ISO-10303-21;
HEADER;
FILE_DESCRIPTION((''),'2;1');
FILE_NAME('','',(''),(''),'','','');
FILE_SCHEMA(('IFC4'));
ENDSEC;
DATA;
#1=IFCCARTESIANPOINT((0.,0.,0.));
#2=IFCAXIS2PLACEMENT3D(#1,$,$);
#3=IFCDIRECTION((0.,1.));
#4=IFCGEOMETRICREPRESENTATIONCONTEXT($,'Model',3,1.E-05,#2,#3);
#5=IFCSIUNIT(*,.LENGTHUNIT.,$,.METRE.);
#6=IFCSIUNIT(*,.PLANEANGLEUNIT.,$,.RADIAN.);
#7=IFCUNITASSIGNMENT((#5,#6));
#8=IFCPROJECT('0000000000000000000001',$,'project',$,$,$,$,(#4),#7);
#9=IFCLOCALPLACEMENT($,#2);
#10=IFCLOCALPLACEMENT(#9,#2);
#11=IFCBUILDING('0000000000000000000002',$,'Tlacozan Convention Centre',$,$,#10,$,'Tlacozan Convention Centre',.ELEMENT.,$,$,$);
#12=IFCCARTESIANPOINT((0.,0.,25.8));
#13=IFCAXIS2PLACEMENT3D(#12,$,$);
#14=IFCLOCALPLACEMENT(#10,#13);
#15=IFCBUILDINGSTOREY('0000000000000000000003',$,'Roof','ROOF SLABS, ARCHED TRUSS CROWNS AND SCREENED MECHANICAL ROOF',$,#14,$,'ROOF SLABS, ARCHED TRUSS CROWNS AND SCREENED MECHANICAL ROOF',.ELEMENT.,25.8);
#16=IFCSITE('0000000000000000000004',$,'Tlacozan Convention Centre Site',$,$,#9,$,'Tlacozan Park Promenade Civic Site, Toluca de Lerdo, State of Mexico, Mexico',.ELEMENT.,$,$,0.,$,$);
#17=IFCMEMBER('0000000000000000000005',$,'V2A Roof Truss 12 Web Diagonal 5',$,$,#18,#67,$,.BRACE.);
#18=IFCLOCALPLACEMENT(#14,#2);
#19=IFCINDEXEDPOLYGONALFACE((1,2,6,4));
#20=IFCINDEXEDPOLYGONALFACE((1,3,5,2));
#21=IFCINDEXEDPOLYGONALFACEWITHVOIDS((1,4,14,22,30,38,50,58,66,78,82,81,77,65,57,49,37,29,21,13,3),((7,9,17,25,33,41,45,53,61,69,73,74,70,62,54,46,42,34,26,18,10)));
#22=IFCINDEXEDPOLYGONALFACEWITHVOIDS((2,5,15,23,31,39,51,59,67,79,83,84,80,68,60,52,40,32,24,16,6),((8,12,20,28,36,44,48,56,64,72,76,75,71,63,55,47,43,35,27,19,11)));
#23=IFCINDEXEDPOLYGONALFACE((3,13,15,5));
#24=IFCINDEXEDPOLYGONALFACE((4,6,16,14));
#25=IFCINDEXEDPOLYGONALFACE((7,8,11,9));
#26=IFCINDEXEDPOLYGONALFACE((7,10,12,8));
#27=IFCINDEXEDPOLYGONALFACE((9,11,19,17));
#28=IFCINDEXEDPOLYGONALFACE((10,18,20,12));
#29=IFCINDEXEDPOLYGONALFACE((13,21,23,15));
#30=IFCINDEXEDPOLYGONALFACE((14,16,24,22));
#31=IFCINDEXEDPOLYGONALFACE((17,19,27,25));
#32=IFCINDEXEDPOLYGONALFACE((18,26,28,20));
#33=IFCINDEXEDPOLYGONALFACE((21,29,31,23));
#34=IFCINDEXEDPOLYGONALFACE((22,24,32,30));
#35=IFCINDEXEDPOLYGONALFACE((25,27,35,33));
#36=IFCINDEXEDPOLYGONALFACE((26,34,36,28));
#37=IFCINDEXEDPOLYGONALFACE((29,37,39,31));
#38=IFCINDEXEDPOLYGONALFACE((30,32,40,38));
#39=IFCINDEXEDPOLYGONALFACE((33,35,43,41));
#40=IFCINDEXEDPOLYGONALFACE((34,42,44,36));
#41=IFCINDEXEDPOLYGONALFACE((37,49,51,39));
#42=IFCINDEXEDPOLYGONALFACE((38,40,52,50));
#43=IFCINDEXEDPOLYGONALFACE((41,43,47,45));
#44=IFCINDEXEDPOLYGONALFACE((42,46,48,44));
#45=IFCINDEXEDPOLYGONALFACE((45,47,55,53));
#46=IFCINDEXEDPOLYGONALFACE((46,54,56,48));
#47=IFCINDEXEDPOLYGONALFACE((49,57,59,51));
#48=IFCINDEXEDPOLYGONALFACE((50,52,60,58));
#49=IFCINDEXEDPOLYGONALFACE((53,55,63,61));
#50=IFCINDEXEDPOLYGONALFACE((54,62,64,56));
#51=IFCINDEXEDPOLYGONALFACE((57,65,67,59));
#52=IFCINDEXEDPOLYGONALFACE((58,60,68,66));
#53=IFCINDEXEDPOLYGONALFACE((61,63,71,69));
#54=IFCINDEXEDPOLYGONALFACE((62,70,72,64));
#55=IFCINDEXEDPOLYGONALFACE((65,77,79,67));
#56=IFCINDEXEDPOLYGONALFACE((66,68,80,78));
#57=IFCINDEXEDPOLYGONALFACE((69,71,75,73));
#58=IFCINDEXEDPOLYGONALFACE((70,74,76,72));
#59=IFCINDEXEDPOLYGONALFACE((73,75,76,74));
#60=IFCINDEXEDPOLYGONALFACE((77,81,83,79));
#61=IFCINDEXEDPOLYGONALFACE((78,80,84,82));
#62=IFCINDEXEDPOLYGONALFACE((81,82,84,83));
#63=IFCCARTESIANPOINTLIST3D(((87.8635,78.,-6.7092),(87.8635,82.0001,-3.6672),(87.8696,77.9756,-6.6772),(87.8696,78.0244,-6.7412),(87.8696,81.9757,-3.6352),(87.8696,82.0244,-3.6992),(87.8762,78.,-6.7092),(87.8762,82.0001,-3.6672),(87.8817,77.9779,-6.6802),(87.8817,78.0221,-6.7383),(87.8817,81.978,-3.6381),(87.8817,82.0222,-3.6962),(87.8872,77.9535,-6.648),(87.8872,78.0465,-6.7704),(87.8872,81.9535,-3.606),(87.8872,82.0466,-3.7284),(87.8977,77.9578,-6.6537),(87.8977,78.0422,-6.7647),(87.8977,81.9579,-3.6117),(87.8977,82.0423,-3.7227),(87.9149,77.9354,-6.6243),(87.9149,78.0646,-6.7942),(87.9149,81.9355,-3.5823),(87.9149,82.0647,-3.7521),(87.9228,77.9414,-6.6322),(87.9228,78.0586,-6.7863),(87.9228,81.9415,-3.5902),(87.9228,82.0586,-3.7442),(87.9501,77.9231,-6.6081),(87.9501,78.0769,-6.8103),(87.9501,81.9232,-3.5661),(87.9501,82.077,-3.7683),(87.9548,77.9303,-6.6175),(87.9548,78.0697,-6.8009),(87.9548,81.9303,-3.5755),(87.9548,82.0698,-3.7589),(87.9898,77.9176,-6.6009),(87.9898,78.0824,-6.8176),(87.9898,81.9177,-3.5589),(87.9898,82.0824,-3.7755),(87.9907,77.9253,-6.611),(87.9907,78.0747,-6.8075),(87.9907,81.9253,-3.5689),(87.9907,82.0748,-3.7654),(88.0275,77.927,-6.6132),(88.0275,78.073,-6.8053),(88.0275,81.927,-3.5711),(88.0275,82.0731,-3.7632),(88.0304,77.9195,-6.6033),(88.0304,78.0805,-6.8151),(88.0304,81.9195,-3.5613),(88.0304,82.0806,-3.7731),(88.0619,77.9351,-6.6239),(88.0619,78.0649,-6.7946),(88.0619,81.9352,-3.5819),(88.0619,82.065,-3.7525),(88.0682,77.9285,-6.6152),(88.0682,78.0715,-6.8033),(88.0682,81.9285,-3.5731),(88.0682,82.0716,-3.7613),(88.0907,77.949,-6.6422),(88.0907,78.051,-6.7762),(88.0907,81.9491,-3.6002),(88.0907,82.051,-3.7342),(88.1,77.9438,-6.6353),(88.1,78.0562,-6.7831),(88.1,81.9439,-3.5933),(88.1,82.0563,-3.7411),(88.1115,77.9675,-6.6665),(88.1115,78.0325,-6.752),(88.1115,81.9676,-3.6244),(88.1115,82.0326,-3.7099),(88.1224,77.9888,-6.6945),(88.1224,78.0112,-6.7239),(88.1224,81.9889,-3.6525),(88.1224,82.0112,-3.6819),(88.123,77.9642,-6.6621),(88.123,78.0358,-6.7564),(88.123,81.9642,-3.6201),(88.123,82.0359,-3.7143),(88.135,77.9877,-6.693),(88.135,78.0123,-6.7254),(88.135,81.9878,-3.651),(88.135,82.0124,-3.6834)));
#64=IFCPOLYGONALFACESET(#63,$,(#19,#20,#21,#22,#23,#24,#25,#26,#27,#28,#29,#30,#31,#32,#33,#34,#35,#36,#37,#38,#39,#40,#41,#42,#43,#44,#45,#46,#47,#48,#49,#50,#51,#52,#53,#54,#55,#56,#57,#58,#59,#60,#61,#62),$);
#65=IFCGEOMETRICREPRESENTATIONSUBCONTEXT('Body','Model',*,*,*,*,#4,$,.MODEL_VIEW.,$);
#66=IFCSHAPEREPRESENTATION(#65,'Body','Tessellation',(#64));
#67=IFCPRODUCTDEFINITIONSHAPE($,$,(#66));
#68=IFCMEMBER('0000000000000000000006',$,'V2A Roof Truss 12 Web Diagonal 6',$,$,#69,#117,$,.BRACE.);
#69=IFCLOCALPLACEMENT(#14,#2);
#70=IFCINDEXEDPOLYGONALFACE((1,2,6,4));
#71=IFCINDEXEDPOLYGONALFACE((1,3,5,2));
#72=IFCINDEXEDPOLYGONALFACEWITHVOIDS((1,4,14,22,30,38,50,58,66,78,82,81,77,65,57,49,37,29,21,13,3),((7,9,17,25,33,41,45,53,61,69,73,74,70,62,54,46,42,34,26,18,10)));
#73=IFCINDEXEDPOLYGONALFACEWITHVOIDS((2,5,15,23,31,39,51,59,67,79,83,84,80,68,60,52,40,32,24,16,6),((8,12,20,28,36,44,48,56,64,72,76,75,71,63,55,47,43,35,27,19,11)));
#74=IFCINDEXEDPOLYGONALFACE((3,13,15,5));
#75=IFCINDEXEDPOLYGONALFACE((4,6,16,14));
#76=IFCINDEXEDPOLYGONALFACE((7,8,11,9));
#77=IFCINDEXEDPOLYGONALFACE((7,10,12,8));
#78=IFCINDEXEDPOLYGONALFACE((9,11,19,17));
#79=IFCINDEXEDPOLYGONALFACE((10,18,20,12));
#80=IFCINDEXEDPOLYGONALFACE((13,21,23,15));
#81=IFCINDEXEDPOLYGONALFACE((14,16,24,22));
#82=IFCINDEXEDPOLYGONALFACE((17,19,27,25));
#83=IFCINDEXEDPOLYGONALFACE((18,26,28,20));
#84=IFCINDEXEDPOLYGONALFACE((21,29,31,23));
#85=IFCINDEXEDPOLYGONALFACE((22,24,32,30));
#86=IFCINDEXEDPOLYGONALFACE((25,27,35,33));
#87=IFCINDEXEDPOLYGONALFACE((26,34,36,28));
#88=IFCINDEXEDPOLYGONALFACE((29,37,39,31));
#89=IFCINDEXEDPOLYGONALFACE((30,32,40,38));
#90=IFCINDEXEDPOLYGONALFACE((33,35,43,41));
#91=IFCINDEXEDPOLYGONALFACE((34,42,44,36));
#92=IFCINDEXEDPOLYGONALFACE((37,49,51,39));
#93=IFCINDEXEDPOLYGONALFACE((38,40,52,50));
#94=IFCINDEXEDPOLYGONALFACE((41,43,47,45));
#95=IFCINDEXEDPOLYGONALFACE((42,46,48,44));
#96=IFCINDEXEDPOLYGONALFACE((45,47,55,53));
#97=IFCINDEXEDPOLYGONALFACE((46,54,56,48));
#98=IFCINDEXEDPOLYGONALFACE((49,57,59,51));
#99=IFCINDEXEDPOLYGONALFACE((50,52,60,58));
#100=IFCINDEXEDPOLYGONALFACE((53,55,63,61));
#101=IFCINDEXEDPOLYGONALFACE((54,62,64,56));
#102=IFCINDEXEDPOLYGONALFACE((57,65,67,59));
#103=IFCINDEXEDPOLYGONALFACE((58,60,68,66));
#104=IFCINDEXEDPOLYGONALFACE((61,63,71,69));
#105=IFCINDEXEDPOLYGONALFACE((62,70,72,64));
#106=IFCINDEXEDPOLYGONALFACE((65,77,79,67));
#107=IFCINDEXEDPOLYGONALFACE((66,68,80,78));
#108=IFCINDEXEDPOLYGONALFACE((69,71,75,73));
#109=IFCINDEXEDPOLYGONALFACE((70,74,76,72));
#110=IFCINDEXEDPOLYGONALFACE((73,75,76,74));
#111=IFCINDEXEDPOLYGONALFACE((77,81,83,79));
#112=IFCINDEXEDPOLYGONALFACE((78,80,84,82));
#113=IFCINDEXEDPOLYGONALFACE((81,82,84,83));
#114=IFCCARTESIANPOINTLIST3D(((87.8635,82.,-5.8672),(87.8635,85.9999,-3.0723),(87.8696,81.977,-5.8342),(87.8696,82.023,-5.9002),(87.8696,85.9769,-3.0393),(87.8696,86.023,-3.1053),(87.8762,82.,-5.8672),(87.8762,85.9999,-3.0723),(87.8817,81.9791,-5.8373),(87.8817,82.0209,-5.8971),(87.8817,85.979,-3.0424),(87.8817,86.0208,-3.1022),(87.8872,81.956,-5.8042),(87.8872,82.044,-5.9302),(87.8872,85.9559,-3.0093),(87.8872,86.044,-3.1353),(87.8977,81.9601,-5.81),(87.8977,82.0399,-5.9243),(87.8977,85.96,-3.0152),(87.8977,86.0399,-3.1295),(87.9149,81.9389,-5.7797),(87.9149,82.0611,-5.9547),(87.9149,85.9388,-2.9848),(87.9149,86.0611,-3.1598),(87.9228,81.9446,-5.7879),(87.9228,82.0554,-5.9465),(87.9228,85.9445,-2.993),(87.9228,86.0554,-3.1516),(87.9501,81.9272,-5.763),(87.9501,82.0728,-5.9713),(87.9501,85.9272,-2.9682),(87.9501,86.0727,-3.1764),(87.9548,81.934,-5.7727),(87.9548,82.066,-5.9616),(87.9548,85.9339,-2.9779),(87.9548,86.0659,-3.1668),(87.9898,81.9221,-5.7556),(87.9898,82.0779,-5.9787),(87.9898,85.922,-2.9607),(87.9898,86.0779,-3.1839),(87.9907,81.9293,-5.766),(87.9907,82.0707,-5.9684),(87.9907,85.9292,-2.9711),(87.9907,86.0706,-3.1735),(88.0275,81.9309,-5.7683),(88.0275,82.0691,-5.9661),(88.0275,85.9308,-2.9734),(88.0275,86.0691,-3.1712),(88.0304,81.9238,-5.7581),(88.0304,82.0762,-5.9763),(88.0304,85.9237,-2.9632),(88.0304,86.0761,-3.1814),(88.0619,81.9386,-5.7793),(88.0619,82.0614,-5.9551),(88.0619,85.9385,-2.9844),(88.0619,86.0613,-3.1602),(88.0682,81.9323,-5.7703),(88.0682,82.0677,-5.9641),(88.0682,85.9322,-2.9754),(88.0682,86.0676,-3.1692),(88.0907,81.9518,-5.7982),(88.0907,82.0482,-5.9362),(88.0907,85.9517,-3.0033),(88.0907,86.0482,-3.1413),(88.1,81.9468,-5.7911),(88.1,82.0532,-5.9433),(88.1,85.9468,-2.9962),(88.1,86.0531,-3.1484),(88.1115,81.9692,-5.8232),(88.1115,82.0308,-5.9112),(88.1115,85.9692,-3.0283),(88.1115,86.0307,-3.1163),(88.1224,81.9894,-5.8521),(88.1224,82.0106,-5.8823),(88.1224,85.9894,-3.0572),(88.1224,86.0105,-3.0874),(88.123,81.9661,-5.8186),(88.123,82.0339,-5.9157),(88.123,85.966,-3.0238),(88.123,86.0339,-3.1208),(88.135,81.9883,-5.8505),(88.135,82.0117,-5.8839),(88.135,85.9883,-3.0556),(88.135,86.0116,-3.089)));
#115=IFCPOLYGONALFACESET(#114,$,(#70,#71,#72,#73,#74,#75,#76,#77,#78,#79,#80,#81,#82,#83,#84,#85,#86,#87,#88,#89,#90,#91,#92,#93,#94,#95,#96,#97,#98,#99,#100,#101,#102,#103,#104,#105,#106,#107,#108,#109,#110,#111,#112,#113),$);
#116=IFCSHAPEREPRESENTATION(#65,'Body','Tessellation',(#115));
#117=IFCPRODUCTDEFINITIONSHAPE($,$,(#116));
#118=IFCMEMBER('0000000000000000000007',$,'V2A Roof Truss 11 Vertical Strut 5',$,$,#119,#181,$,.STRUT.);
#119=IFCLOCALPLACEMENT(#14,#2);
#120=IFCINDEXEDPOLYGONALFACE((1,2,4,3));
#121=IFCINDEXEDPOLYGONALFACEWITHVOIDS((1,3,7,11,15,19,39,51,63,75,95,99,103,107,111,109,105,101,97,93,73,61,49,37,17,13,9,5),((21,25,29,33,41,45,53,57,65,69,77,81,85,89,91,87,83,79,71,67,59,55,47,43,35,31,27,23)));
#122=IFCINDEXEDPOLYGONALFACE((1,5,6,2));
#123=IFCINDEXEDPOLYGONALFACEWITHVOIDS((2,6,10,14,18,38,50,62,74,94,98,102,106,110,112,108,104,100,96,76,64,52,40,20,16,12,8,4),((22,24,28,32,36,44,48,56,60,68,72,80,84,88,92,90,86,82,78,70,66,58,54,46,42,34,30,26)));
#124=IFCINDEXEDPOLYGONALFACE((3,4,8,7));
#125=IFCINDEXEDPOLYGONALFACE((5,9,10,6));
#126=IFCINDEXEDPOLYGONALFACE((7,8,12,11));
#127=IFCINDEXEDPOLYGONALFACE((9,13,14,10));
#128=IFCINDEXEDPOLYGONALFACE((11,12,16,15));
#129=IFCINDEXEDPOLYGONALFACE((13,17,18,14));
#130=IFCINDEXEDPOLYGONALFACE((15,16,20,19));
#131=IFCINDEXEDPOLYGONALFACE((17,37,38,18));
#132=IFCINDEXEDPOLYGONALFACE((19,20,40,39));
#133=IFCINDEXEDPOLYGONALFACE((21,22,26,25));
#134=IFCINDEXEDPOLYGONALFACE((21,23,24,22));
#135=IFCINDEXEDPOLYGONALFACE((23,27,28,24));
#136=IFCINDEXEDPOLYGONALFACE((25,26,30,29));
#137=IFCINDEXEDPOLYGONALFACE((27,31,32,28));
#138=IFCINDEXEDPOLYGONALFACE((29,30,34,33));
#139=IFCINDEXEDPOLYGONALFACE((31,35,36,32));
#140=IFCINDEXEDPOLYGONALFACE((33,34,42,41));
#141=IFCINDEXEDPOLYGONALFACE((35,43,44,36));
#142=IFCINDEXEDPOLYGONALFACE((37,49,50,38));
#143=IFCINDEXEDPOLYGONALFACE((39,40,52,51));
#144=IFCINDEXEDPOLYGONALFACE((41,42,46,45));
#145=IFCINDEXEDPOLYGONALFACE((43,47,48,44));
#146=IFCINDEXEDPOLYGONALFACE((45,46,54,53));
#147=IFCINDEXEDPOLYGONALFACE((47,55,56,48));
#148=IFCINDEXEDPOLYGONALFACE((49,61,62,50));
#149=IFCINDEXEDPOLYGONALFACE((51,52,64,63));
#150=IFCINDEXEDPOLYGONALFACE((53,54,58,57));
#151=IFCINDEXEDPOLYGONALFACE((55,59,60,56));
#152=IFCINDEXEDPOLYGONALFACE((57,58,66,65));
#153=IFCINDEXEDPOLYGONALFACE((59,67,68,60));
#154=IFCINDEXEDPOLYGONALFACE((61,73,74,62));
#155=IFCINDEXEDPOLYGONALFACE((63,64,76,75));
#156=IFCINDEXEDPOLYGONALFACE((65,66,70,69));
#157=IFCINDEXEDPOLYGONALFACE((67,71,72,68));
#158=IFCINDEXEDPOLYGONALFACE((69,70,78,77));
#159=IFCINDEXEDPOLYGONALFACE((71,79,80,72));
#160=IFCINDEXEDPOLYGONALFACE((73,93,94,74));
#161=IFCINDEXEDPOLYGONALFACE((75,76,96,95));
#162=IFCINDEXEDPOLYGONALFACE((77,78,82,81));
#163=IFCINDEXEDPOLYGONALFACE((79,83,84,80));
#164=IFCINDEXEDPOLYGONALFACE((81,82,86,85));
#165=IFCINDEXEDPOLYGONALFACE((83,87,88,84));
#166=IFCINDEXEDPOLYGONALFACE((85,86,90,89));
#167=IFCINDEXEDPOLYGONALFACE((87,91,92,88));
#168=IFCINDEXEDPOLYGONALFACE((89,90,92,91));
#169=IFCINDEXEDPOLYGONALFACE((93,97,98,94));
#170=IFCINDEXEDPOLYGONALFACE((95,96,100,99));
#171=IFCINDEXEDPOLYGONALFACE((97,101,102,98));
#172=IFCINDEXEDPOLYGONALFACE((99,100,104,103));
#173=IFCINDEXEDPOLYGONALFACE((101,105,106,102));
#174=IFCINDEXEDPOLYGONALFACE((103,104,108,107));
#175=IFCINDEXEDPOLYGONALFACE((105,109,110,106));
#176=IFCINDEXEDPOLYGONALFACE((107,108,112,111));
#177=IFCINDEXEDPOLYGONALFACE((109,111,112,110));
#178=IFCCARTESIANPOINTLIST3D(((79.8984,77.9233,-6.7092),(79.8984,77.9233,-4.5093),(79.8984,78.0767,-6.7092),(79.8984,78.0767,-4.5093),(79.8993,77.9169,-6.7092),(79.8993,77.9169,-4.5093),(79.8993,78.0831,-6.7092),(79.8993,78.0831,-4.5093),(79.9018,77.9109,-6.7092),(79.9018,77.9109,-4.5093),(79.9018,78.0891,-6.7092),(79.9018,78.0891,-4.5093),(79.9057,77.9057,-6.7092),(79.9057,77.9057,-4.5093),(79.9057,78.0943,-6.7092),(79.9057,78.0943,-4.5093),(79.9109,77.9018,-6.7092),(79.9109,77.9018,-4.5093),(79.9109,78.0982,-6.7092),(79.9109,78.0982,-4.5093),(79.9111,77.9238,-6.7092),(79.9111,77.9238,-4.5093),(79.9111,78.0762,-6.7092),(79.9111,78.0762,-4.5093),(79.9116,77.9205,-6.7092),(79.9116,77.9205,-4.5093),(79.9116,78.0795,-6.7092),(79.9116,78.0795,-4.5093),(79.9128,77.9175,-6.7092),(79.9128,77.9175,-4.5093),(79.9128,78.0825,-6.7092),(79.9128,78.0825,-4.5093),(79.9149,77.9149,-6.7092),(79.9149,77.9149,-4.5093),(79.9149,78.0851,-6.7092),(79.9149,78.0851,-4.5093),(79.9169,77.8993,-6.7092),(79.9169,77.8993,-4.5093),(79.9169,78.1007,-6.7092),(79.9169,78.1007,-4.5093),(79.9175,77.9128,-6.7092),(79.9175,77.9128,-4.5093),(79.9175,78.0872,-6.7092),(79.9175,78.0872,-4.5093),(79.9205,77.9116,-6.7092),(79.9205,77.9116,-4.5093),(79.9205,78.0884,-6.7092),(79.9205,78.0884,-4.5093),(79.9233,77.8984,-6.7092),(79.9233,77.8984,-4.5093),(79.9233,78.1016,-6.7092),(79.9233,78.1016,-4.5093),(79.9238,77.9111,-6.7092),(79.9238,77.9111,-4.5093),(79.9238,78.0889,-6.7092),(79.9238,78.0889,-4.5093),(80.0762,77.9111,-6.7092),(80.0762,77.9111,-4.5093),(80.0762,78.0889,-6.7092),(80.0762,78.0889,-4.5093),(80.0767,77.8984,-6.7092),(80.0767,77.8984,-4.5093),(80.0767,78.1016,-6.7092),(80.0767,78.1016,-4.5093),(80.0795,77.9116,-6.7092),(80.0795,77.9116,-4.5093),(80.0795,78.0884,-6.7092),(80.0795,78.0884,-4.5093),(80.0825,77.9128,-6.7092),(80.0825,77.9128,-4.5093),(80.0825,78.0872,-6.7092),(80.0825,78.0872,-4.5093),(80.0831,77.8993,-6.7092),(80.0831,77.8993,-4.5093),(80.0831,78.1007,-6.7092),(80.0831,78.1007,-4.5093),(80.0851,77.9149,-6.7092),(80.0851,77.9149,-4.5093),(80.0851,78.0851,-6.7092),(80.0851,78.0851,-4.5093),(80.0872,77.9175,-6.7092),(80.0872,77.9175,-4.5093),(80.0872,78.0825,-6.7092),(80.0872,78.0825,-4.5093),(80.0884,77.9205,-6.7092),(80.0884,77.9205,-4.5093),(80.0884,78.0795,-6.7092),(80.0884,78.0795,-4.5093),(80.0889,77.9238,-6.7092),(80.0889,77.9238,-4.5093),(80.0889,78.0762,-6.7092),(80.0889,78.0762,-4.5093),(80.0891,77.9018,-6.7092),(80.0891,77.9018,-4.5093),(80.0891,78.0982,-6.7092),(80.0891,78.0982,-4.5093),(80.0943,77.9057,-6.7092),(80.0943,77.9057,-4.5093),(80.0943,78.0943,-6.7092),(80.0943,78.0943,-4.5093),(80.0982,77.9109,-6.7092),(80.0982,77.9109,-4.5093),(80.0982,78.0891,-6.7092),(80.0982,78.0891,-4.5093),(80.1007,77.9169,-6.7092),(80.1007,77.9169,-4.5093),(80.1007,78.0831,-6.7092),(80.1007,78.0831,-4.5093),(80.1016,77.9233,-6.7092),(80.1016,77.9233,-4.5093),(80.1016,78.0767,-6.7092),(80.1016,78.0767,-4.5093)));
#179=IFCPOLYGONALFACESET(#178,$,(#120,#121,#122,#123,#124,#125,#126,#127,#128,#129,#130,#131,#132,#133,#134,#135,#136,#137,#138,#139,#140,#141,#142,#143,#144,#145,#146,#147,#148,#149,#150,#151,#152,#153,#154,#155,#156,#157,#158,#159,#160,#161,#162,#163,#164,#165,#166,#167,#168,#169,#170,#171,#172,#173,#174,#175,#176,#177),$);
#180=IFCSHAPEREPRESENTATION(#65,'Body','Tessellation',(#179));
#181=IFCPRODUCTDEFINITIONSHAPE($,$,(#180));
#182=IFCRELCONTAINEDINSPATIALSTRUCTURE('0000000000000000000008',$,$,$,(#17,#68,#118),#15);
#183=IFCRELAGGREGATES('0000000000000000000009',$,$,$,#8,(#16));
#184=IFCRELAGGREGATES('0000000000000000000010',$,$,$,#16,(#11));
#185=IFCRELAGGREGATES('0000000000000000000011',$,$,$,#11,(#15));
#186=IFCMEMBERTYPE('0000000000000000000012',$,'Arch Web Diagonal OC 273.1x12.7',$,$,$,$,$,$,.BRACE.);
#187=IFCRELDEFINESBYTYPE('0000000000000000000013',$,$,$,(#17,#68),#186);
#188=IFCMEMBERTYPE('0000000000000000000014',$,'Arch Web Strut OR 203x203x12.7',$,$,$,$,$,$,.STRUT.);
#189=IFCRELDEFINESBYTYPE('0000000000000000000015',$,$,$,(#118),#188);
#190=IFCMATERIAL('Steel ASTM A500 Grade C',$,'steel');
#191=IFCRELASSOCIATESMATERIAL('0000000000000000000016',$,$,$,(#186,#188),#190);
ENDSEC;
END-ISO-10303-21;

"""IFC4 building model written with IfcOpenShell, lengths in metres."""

from ifc_helpers import new_model, si_unit, direction, frame, origin, origin_2d, place, context, subcontext, project, spatial, hollow_rectangle, hollow_circle, extrude, material, material_profile, profile_set, type_object, element, save


model = new_model("IFC4")

# Units and contexts
model_context = context("Model", 3, precision=1e-05, world=origin(), true_north=direction((0.0, 1.0)))
body_context = subcontext(model_context, "Body", "Model", "MODEL_VIEW")
ifc_project = project(units=[si_unit("LENGTHUNIT", "METRE"), si_unit("PLANEANGLEUNIT", "RADIAN")], contexts=[model_context])

# Site, building, storey
site_placement = place(None, origin())
site = spatial("IfcSite", under=ifc_project, at=site_placement, Name="Tlacozan Convention Centre Site", LongName="Tlacozan Park Promenade Civic Site, Toluca de Lerdo, State of Mexico, Mexico", CompositionType="ELEMENT", RefElevation=0.0)
building_placement = place(site_placement, origin())
building = spatial("IfcBuilding", under=site, at=building_placement, Name="Tlacozan Convention Centre", LongName="Tlacozan Convention Centre", CompositionType="ELEMENT")
storey_placement = place(building_placement, frame((0.0, 0.0, 25.8)))
storey = spatial("IfcBuildingStorey", under=building, at=storey_placement, Name="Roof", Description="ROOF SLABS, ARCHED TRUSS CROWNS AND SCREENED MECHANICAL ROOF", LongName="ROOF SLABS, ARCHED TRUSS CROWNS AND SCREENED MECHANICAL ROOF", CompositionType="ELEMENT", Elevation=25.8)

# Members
ifc_material_1 = material(Name="Steel ASTM A500 Grade C", Category="steel")
ifc_material_profile_1 = material_profile(ifc_material_1, hollow_circle(Radius=0.1365, WallThickness=0.0127, at=origin_2d()), Name="OC 273.1x12.7")
ifc_profile_set_1 = profile_set([ifc_material_profile_1], Name="Steel ASTM A500 Grade C")
member_type_1 = type_object("IfcMemberType", Name="Arch Web Diagonal OC 273.1x12.7", PredefinedType="BRACE", material=ifc_profile_set_1)
member_1_placement = place(storey_placement, frame((88.0, 78.0, -6.7092), z_axis=(0.0, 0.795971, 0.605335), x_axis=(-1.0, 0.0, 0.0)))
element("IfcMember", 1, at=member_1_placement, inside=storey, type_object=member_type_1, Name="V2A Roof Truss 12 Web Diagonal 5", PredefinedType="BRACE", context=body_context, shape_type="SweptSolid", body=[
    extrude(hollow_circle(Radius=0.1365, WallThickness=0.0127, at=origin_2d()), origin(), (0.0, 0.0, 1.0), 5.0254),
])
member_2_placement = place(storey_placement, frame((88.0, 82.0, -5.8672), z_axis=(0.0, 0.819721, 0.572764), x_axis=(-1.0, 0.0, 0.0)))
element("IfcMember", 2, at=member_2_placement, inside=storey, type_object=member_type_1, Name="V2A Roof Truss 12 Web Diagonal 6", PredefinedType="BRACE", context=body_context, shape_type="SweptSolid", body=[
    extrude(hollow_circle(Radius=0.1365, WallThickness=0.0127, at=origin_2d()), origin(), (0.0, 0.0, 1.0), 4.8796),
])
ifc_material_profile_2 = material_profile(ifc_material_1, hollow_rectangle(XDim=0.2031, YDim=0.2031, WallThickness=0.0127, InnerFilletRadius=0.0127, OuterFilletRadius=0.0249, at=origin_2d()), Name="OR 203x203x12.7")
ifc_profile_set_2 = profile_set([ifc_material_profile_2], Name="Steel ASTM A500 Grade C")
member_type_2 = type_object("IfcMemberType", Name="Arch Web Strut OR 203x203x12.7", PredefinedType="STRUT", material=ifc_profile_set_2)
for number, where, z_axis, x_axis, name in (
    (3, (80.0, 78.0, -6.7092), (0.0, 0.0, 1.0), (1.0, 0.0, 0.0), "V2A Roof Truss 11 Vertical Strut 5"),
):
    element("IfcMember", number, at=place(storey_placement, frame(where, z_axis=z_axis, x_axis=x_axis)), inside=storey, type_object=member_type_2, Name=name, PredefinedType="STRUT", context=body_context, shape_type="SweptSolid", body=[
        extrude(hollow_rectangle(XDim=0.2031, YDim=0.2031, WallThickness=0.0127, InnerFilletRadius=0.0127, OuterFilletRadius=0.0249, at=origin_2d()), origin(), (0.0, 0.0, 1.0), 2.2),
    ])

save(model, "model.ifc")
